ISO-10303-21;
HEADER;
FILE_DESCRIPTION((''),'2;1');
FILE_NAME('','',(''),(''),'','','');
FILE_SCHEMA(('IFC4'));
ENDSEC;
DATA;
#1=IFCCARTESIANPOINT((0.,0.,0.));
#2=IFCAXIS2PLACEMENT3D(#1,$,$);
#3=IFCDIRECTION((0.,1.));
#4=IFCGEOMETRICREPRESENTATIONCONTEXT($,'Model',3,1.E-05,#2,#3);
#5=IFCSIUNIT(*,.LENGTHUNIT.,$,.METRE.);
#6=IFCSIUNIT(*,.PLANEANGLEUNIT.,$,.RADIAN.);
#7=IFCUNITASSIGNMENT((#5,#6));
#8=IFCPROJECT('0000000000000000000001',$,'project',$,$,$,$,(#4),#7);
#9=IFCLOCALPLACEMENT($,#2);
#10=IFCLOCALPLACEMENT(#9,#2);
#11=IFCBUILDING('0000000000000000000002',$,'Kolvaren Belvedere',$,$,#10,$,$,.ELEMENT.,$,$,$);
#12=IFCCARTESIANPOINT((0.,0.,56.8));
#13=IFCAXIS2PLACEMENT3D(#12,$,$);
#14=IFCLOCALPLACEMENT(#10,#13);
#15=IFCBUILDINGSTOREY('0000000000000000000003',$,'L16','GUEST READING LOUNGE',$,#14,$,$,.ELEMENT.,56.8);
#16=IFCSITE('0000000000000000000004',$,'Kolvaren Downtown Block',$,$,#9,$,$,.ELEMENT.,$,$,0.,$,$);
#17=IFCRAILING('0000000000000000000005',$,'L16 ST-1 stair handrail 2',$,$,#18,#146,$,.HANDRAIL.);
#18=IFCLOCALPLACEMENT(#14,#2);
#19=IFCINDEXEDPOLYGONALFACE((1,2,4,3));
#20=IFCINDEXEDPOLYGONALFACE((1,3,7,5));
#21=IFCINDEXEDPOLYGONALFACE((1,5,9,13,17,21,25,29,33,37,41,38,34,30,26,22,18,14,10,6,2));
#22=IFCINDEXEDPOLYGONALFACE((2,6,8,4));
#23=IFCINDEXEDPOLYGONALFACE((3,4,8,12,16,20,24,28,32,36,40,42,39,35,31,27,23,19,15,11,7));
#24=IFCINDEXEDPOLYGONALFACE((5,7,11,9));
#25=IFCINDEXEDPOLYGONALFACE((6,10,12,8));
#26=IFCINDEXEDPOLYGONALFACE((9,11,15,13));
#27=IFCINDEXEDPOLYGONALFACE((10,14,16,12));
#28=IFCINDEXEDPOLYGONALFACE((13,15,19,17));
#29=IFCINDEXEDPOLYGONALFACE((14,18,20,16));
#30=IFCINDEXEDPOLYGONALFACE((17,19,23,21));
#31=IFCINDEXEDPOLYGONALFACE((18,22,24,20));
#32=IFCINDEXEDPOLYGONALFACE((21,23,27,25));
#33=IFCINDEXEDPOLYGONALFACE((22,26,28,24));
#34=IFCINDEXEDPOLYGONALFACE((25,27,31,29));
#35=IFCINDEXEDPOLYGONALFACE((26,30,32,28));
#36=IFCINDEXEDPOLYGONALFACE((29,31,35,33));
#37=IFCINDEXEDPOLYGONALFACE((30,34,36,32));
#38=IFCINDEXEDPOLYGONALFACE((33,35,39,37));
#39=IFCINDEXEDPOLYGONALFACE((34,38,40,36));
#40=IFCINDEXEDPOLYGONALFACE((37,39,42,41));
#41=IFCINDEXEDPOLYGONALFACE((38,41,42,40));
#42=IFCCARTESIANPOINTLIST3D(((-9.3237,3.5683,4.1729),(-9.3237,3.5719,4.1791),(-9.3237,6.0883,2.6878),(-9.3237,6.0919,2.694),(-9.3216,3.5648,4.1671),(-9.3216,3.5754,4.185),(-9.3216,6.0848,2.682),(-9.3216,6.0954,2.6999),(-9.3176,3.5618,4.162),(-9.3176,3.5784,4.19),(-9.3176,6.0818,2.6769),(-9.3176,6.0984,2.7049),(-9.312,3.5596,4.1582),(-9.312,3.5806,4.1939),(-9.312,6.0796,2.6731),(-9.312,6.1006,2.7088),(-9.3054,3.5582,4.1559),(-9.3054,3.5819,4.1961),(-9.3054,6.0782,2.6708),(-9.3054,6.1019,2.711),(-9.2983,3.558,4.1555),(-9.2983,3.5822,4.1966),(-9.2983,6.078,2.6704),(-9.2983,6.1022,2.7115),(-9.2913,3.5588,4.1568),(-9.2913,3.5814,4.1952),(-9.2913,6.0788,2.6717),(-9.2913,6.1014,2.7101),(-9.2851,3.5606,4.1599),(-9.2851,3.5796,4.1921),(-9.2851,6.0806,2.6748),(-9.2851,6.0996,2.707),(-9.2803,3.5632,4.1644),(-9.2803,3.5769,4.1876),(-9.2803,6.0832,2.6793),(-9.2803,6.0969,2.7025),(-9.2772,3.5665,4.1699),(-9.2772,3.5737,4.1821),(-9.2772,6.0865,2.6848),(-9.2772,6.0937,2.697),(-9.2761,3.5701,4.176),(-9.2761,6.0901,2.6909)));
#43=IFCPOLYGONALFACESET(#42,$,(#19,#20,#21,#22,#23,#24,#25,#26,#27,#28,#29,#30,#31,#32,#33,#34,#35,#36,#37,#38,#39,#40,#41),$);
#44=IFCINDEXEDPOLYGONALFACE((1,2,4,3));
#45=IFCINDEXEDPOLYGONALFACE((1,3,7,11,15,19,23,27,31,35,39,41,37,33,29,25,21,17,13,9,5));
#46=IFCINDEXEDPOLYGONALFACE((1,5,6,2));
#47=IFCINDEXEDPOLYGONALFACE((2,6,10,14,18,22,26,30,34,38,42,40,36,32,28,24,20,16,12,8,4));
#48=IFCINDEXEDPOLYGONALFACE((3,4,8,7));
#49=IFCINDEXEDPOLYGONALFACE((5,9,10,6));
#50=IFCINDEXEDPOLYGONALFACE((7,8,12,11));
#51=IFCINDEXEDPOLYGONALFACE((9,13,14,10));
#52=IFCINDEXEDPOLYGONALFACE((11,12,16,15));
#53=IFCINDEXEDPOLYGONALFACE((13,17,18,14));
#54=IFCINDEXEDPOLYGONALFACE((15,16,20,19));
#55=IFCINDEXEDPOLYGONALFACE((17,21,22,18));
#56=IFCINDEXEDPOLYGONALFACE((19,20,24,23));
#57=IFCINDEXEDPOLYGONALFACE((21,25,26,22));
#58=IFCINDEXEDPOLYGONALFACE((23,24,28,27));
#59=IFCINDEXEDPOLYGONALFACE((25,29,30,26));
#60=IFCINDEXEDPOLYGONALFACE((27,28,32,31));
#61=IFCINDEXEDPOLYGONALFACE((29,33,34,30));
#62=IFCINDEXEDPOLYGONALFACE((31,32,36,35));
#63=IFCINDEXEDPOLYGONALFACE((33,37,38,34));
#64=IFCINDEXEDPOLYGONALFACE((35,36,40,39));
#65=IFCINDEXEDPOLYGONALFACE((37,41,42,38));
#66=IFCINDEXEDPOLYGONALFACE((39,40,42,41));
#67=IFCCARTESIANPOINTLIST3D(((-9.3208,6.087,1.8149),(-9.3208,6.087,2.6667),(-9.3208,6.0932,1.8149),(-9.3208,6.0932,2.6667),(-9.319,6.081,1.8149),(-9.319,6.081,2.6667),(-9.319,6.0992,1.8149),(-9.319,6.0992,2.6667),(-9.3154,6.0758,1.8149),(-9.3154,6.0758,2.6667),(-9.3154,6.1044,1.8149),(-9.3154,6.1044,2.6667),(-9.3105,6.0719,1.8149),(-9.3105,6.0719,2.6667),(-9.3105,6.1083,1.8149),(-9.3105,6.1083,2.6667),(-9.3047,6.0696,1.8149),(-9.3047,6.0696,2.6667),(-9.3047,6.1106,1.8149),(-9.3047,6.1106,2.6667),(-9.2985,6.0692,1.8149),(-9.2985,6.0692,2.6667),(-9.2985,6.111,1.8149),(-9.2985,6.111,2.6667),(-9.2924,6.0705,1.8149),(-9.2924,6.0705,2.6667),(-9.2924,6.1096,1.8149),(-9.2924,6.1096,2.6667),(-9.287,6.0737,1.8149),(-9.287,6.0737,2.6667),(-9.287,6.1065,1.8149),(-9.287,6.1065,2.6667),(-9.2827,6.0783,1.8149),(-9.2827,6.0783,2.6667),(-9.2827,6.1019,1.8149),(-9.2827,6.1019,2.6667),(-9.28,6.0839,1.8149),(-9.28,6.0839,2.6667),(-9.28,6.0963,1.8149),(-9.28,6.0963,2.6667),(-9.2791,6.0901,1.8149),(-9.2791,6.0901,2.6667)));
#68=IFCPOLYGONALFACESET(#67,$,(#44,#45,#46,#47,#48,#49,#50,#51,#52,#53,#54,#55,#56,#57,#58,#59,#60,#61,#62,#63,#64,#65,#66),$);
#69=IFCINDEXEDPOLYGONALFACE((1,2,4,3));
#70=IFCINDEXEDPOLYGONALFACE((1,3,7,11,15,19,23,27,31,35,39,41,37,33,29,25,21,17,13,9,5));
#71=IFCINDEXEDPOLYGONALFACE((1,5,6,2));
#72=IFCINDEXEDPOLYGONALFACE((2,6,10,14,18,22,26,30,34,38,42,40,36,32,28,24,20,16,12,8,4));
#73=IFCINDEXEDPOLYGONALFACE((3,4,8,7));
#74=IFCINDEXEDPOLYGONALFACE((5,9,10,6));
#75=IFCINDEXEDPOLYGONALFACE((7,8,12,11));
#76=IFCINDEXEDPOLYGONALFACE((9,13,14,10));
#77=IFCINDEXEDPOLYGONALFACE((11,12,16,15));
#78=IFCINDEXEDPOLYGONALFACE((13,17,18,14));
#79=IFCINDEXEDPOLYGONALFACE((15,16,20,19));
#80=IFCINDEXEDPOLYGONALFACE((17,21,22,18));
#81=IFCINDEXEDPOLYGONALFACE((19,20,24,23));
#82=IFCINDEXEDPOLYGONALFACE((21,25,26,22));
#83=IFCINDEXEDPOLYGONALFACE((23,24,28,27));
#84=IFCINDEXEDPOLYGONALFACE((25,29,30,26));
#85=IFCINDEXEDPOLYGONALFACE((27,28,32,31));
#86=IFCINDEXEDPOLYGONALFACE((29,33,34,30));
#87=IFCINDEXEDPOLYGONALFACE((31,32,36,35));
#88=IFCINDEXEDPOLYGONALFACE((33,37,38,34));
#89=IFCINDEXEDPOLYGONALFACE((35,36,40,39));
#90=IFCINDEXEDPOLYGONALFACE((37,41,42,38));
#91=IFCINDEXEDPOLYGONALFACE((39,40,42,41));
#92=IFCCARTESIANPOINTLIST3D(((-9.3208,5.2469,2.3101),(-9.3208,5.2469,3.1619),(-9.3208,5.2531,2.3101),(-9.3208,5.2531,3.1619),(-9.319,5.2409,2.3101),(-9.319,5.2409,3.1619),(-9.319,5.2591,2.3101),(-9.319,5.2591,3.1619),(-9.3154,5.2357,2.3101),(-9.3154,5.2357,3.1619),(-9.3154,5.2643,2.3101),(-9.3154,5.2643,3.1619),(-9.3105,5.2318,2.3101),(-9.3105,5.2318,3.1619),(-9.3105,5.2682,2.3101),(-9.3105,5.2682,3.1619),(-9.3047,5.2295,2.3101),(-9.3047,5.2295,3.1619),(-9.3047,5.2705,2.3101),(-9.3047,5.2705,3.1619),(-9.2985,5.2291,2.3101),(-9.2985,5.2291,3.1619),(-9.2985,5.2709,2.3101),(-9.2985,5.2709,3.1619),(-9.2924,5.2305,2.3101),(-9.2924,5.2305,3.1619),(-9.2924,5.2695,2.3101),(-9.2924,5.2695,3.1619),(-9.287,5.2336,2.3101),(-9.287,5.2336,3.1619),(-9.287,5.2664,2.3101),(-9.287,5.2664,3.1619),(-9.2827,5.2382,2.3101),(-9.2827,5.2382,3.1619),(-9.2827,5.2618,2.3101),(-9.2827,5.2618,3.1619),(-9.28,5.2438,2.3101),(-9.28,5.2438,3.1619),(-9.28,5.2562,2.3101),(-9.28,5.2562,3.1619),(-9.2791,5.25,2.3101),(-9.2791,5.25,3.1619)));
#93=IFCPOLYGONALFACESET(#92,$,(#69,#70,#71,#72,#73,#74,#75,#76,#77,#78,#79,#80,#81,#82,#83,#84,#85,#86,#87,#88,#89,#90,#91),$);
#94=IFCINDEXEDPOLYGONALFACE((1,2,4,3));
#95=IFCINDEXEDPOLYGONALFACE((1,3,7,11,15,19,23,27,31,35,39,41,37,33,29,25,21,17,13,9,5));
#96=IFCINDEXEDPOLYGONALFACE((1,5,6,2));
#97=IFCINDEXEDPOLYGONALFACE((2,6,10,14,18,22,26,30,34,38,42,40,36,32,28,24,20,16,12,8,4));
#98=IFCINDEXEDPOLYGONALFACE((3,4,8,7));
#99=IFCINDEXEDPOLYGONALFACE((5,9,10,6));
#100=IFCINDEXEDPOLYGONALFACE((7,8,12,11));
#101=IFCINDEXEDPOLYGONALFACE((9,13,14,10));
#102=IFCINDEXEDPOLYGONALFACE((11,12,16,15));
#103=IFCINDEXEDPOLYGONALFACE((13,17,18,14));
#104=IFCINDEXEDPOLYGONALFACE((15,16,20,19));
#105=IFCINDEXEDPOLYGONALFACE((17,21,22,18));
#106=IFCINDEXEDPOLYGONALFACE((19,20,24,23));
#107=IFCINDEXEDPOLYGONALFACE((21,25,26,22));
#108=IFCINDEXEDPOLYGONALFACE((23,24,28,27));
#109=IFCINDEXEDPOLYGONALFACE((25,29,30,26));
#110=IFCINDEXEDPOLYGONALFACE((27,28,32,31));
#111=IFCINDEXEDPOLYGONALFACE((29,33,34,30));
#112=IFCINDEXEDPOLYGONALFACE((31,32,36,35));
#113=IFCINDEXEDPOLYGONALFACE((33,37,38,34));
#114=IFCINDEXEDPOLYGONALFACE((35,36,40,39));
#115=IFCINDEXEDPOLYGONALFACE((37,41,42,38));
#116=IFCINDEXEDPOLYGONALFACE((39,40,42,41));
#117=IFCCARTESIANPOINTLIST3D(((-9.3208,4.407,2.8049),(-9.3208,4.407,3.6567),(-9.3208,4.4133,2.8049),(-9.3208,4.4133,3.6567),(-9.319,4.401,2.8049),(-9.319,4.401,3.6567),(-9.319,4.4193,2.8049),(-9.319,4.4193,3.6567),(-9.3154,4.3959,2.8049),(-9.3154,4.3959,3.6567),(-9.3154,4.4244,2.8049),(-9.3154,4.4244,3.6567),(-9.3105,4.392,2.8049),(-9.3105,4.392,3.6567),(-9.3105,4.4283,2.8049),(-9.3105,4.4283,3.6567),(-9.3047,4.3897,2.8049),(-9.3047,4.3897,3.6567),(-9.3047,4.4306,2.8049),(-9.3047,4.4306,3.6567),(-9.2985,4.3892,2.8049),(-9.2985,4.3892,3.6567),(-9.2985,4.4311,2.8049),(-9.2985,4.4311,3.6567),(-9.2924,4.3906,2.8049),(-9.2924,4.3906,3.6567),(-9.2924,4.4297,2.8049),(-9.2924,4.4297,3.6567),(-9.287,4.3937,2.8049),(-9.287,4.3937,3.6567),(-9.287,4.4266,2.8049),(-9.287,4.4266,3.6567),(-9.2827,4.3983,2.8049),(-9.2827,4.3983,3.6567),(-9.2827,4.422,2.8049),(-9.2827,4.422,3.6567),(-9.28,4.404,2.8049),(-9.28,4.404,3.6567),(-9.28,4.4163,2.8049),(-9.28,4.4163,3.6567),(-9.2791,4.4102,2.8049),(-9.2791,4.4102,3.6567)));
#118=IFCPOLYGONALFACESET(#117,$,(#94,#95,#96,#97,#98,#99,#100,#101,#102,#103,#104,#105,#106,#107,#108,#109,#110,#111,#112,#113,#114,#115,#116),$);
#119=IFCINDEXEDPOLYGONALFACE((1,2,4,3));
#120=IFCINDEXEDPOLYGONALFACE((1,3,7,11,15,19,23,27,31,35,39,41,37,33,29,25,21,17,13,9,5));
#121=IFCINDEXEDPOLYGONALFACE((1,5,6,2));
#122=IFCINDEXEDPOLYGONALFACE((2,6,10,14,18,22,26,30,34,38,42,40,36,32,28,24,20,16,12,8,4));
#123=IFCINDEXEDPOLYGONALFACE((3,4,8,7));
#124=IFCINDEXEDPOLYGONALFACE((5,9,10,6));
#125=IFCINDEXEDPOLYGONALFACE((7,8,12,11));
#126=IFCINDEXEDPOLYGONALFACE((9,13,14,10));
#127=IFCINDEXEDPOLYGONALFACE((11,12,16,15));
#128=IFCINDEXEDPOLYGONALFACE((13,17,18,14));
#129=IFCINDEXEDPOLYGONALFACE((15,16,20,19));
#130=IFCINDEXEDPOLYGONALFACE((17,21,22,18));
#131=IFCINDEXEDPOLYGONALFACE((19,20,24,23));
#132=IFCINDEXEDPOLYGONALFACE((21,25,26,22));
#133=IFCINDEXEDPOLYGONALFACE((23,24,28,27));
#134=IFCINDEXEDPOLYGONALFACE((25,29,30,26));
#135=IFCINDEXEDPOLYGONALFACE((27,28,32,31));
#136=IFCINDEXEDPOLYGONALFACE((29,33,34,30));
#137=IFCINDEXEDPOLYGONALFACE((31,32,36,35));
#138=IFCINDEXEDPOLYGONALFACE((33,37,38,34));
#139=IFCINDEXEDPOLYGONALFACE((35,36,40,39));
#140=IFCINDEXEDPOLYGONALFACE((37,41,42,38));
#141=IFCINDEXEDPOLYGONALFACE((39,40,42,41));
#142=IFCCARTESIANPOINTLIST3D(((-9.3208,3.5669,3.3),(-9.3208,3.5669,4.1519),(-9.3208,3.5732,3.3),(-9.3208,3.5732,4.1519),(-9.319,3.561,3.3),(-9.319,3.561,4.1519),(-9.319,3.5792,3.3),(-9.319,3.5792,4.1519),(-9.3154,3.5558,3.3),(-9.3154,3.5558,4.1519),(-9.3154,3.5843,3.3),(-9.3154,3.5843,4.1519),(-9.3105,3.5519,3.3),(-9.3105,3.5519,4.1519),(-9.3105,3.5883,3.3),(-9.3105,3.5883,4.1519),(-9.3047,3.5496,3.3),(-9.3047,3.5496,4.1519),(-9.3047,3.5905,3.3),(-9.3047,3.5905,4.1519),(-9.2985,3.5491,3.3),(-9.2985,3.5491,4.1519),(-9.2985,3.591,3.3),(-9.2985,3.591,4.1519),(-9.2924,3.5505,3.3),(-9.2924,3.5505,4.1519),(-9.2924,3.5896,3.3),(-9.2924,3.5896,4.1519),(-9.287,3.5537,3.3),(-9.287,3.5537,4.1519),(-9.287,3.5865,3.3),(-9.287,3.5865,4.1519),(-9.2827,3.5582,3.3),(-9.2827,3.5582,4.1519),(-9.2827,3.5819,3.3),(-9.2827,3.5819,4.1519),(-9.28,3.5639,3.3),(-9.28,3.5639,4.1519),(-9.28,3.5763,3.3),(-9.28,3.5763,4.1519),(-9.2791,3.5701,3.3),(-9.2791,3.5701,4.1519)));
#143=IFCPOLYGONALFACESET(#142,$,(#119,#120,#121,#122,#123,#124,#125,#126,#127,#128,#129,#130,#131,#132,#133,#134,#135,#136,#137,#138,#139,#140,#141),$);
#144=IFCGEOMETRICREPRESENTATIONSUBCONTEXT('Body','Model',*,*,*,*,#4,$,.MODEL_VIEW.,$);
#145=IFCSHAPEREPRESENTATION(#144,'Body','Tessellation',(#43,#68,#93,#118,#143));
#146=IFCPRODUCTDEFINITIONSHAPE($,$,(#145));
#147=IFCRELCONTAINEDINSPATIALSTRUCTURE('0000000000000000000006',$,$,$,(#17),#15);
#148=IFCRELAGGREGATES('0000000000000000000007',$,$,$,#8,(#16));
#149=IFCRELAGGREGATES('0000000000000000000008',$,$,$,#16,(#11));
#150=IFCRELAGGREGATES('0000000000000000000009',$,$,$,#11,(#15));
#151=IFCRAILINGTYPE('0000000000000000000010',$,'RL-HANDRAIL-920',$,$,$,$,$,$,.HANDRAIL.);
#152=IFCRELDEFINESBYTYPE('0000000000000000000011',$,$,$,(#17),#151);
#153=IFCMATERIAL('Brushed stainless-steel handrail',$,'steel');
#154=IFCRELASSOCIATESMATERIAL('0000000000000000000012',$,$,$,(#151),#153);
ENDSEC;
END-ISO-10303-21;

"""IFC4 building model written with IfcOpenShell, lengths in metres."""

from ifc_helpers import new_model, si_unit, direction, frame, origin, origin_2d, place, context, subcontext, project, spatial, circle, extrude, material, type_object, element, save


model = new_model("IFC4")

# Units and contexts
model_context = context("Model", 3, precision=1e-05, world=origin(), true_north=direction((0.0, 1.0)))
body_context = subcontext(model_context, "Body", "Model", "MODEL_VIEW")
ifc_project = project(units=[si_unit("LENGTHUNIT", "METRE"), si_unit("PLANEANGLEUNIT", "RADIAN")], contexts=[model_context])

# Site, building, storey
site_placement = place(None, origin())
site = spatial("IfcSite", under=ifc_project, at=site_placement, Name="Kolvaren Downtown Block", CompositionType="ELEMENT", RefElevation=0.0)
building_placement = place(site_placement, origin())
building = spatial("IfcBuilding", under=site, at=building_placement, Name="Kolvaren Belvedere", CompositionType="ELEMENT")
storey_placement = place(building_placement, frame((0.0, 0.0, 56.8)))
storey = spatial("IfcBuildingStorey", under=building, at=storey_placement, Name="L16", Description="GUEST READING LOUNGE", CompositionType="ELEMENT", Elevation=56.8)

# Railing
ifc_material_1 = material(Name="Brushed stainless-steel handrail", Category="steel")
railing_type_1 = type_object("IfcRailingType", Name="RL-HANDRAIL-920", PredefinedType="HANDRAIL", material=ifc_material_1)
railing_1_placement = place(storey_placement, frame((-9.3, 6.0901, 1.8149)))
element("IfcRailing", 1, at=railing_1_placement, inside=storey, type_object=railing_type_1, Name="L16 ST-1 stair handrail 2", PredefinedType="HANDRAIL", context=body_context, shape_type="SweptSolid", body=[
    extrude(circle(Radius=0.0239, at=origin_2d()), frame((0.0, 0.0, 0.876), z_axis=(0.0, -0.861524, 0.507717), x_axis=(1.0, 0.0, 0.0)), (0.0, 0.0, 1.0), 2.925),
    extrude(circle(Radius=0.021, at=origin_2d()), origin(), (0.0, 0.0, 1.0), 0.8518),
    extrude(circle(Radius=0.021, at=origin_2d()), frame((0.0, -0.8401, 0.4951)), (0.0, 0.0, 1.0), 0.8518),
    extrude(circle(Radius=0.021, at=origin_2d()), frame((0.0, -1.6799, 0.99)), (0.0, 0.0, 1.0), 0.8518),
    extrude(circle(Radius=0.021, at=origin_2d()), frame((0.0, -2.52, 1.4851)), (0.0, 0.0, 1.0), 0.8518),
])

save(model, "model.ifc")
